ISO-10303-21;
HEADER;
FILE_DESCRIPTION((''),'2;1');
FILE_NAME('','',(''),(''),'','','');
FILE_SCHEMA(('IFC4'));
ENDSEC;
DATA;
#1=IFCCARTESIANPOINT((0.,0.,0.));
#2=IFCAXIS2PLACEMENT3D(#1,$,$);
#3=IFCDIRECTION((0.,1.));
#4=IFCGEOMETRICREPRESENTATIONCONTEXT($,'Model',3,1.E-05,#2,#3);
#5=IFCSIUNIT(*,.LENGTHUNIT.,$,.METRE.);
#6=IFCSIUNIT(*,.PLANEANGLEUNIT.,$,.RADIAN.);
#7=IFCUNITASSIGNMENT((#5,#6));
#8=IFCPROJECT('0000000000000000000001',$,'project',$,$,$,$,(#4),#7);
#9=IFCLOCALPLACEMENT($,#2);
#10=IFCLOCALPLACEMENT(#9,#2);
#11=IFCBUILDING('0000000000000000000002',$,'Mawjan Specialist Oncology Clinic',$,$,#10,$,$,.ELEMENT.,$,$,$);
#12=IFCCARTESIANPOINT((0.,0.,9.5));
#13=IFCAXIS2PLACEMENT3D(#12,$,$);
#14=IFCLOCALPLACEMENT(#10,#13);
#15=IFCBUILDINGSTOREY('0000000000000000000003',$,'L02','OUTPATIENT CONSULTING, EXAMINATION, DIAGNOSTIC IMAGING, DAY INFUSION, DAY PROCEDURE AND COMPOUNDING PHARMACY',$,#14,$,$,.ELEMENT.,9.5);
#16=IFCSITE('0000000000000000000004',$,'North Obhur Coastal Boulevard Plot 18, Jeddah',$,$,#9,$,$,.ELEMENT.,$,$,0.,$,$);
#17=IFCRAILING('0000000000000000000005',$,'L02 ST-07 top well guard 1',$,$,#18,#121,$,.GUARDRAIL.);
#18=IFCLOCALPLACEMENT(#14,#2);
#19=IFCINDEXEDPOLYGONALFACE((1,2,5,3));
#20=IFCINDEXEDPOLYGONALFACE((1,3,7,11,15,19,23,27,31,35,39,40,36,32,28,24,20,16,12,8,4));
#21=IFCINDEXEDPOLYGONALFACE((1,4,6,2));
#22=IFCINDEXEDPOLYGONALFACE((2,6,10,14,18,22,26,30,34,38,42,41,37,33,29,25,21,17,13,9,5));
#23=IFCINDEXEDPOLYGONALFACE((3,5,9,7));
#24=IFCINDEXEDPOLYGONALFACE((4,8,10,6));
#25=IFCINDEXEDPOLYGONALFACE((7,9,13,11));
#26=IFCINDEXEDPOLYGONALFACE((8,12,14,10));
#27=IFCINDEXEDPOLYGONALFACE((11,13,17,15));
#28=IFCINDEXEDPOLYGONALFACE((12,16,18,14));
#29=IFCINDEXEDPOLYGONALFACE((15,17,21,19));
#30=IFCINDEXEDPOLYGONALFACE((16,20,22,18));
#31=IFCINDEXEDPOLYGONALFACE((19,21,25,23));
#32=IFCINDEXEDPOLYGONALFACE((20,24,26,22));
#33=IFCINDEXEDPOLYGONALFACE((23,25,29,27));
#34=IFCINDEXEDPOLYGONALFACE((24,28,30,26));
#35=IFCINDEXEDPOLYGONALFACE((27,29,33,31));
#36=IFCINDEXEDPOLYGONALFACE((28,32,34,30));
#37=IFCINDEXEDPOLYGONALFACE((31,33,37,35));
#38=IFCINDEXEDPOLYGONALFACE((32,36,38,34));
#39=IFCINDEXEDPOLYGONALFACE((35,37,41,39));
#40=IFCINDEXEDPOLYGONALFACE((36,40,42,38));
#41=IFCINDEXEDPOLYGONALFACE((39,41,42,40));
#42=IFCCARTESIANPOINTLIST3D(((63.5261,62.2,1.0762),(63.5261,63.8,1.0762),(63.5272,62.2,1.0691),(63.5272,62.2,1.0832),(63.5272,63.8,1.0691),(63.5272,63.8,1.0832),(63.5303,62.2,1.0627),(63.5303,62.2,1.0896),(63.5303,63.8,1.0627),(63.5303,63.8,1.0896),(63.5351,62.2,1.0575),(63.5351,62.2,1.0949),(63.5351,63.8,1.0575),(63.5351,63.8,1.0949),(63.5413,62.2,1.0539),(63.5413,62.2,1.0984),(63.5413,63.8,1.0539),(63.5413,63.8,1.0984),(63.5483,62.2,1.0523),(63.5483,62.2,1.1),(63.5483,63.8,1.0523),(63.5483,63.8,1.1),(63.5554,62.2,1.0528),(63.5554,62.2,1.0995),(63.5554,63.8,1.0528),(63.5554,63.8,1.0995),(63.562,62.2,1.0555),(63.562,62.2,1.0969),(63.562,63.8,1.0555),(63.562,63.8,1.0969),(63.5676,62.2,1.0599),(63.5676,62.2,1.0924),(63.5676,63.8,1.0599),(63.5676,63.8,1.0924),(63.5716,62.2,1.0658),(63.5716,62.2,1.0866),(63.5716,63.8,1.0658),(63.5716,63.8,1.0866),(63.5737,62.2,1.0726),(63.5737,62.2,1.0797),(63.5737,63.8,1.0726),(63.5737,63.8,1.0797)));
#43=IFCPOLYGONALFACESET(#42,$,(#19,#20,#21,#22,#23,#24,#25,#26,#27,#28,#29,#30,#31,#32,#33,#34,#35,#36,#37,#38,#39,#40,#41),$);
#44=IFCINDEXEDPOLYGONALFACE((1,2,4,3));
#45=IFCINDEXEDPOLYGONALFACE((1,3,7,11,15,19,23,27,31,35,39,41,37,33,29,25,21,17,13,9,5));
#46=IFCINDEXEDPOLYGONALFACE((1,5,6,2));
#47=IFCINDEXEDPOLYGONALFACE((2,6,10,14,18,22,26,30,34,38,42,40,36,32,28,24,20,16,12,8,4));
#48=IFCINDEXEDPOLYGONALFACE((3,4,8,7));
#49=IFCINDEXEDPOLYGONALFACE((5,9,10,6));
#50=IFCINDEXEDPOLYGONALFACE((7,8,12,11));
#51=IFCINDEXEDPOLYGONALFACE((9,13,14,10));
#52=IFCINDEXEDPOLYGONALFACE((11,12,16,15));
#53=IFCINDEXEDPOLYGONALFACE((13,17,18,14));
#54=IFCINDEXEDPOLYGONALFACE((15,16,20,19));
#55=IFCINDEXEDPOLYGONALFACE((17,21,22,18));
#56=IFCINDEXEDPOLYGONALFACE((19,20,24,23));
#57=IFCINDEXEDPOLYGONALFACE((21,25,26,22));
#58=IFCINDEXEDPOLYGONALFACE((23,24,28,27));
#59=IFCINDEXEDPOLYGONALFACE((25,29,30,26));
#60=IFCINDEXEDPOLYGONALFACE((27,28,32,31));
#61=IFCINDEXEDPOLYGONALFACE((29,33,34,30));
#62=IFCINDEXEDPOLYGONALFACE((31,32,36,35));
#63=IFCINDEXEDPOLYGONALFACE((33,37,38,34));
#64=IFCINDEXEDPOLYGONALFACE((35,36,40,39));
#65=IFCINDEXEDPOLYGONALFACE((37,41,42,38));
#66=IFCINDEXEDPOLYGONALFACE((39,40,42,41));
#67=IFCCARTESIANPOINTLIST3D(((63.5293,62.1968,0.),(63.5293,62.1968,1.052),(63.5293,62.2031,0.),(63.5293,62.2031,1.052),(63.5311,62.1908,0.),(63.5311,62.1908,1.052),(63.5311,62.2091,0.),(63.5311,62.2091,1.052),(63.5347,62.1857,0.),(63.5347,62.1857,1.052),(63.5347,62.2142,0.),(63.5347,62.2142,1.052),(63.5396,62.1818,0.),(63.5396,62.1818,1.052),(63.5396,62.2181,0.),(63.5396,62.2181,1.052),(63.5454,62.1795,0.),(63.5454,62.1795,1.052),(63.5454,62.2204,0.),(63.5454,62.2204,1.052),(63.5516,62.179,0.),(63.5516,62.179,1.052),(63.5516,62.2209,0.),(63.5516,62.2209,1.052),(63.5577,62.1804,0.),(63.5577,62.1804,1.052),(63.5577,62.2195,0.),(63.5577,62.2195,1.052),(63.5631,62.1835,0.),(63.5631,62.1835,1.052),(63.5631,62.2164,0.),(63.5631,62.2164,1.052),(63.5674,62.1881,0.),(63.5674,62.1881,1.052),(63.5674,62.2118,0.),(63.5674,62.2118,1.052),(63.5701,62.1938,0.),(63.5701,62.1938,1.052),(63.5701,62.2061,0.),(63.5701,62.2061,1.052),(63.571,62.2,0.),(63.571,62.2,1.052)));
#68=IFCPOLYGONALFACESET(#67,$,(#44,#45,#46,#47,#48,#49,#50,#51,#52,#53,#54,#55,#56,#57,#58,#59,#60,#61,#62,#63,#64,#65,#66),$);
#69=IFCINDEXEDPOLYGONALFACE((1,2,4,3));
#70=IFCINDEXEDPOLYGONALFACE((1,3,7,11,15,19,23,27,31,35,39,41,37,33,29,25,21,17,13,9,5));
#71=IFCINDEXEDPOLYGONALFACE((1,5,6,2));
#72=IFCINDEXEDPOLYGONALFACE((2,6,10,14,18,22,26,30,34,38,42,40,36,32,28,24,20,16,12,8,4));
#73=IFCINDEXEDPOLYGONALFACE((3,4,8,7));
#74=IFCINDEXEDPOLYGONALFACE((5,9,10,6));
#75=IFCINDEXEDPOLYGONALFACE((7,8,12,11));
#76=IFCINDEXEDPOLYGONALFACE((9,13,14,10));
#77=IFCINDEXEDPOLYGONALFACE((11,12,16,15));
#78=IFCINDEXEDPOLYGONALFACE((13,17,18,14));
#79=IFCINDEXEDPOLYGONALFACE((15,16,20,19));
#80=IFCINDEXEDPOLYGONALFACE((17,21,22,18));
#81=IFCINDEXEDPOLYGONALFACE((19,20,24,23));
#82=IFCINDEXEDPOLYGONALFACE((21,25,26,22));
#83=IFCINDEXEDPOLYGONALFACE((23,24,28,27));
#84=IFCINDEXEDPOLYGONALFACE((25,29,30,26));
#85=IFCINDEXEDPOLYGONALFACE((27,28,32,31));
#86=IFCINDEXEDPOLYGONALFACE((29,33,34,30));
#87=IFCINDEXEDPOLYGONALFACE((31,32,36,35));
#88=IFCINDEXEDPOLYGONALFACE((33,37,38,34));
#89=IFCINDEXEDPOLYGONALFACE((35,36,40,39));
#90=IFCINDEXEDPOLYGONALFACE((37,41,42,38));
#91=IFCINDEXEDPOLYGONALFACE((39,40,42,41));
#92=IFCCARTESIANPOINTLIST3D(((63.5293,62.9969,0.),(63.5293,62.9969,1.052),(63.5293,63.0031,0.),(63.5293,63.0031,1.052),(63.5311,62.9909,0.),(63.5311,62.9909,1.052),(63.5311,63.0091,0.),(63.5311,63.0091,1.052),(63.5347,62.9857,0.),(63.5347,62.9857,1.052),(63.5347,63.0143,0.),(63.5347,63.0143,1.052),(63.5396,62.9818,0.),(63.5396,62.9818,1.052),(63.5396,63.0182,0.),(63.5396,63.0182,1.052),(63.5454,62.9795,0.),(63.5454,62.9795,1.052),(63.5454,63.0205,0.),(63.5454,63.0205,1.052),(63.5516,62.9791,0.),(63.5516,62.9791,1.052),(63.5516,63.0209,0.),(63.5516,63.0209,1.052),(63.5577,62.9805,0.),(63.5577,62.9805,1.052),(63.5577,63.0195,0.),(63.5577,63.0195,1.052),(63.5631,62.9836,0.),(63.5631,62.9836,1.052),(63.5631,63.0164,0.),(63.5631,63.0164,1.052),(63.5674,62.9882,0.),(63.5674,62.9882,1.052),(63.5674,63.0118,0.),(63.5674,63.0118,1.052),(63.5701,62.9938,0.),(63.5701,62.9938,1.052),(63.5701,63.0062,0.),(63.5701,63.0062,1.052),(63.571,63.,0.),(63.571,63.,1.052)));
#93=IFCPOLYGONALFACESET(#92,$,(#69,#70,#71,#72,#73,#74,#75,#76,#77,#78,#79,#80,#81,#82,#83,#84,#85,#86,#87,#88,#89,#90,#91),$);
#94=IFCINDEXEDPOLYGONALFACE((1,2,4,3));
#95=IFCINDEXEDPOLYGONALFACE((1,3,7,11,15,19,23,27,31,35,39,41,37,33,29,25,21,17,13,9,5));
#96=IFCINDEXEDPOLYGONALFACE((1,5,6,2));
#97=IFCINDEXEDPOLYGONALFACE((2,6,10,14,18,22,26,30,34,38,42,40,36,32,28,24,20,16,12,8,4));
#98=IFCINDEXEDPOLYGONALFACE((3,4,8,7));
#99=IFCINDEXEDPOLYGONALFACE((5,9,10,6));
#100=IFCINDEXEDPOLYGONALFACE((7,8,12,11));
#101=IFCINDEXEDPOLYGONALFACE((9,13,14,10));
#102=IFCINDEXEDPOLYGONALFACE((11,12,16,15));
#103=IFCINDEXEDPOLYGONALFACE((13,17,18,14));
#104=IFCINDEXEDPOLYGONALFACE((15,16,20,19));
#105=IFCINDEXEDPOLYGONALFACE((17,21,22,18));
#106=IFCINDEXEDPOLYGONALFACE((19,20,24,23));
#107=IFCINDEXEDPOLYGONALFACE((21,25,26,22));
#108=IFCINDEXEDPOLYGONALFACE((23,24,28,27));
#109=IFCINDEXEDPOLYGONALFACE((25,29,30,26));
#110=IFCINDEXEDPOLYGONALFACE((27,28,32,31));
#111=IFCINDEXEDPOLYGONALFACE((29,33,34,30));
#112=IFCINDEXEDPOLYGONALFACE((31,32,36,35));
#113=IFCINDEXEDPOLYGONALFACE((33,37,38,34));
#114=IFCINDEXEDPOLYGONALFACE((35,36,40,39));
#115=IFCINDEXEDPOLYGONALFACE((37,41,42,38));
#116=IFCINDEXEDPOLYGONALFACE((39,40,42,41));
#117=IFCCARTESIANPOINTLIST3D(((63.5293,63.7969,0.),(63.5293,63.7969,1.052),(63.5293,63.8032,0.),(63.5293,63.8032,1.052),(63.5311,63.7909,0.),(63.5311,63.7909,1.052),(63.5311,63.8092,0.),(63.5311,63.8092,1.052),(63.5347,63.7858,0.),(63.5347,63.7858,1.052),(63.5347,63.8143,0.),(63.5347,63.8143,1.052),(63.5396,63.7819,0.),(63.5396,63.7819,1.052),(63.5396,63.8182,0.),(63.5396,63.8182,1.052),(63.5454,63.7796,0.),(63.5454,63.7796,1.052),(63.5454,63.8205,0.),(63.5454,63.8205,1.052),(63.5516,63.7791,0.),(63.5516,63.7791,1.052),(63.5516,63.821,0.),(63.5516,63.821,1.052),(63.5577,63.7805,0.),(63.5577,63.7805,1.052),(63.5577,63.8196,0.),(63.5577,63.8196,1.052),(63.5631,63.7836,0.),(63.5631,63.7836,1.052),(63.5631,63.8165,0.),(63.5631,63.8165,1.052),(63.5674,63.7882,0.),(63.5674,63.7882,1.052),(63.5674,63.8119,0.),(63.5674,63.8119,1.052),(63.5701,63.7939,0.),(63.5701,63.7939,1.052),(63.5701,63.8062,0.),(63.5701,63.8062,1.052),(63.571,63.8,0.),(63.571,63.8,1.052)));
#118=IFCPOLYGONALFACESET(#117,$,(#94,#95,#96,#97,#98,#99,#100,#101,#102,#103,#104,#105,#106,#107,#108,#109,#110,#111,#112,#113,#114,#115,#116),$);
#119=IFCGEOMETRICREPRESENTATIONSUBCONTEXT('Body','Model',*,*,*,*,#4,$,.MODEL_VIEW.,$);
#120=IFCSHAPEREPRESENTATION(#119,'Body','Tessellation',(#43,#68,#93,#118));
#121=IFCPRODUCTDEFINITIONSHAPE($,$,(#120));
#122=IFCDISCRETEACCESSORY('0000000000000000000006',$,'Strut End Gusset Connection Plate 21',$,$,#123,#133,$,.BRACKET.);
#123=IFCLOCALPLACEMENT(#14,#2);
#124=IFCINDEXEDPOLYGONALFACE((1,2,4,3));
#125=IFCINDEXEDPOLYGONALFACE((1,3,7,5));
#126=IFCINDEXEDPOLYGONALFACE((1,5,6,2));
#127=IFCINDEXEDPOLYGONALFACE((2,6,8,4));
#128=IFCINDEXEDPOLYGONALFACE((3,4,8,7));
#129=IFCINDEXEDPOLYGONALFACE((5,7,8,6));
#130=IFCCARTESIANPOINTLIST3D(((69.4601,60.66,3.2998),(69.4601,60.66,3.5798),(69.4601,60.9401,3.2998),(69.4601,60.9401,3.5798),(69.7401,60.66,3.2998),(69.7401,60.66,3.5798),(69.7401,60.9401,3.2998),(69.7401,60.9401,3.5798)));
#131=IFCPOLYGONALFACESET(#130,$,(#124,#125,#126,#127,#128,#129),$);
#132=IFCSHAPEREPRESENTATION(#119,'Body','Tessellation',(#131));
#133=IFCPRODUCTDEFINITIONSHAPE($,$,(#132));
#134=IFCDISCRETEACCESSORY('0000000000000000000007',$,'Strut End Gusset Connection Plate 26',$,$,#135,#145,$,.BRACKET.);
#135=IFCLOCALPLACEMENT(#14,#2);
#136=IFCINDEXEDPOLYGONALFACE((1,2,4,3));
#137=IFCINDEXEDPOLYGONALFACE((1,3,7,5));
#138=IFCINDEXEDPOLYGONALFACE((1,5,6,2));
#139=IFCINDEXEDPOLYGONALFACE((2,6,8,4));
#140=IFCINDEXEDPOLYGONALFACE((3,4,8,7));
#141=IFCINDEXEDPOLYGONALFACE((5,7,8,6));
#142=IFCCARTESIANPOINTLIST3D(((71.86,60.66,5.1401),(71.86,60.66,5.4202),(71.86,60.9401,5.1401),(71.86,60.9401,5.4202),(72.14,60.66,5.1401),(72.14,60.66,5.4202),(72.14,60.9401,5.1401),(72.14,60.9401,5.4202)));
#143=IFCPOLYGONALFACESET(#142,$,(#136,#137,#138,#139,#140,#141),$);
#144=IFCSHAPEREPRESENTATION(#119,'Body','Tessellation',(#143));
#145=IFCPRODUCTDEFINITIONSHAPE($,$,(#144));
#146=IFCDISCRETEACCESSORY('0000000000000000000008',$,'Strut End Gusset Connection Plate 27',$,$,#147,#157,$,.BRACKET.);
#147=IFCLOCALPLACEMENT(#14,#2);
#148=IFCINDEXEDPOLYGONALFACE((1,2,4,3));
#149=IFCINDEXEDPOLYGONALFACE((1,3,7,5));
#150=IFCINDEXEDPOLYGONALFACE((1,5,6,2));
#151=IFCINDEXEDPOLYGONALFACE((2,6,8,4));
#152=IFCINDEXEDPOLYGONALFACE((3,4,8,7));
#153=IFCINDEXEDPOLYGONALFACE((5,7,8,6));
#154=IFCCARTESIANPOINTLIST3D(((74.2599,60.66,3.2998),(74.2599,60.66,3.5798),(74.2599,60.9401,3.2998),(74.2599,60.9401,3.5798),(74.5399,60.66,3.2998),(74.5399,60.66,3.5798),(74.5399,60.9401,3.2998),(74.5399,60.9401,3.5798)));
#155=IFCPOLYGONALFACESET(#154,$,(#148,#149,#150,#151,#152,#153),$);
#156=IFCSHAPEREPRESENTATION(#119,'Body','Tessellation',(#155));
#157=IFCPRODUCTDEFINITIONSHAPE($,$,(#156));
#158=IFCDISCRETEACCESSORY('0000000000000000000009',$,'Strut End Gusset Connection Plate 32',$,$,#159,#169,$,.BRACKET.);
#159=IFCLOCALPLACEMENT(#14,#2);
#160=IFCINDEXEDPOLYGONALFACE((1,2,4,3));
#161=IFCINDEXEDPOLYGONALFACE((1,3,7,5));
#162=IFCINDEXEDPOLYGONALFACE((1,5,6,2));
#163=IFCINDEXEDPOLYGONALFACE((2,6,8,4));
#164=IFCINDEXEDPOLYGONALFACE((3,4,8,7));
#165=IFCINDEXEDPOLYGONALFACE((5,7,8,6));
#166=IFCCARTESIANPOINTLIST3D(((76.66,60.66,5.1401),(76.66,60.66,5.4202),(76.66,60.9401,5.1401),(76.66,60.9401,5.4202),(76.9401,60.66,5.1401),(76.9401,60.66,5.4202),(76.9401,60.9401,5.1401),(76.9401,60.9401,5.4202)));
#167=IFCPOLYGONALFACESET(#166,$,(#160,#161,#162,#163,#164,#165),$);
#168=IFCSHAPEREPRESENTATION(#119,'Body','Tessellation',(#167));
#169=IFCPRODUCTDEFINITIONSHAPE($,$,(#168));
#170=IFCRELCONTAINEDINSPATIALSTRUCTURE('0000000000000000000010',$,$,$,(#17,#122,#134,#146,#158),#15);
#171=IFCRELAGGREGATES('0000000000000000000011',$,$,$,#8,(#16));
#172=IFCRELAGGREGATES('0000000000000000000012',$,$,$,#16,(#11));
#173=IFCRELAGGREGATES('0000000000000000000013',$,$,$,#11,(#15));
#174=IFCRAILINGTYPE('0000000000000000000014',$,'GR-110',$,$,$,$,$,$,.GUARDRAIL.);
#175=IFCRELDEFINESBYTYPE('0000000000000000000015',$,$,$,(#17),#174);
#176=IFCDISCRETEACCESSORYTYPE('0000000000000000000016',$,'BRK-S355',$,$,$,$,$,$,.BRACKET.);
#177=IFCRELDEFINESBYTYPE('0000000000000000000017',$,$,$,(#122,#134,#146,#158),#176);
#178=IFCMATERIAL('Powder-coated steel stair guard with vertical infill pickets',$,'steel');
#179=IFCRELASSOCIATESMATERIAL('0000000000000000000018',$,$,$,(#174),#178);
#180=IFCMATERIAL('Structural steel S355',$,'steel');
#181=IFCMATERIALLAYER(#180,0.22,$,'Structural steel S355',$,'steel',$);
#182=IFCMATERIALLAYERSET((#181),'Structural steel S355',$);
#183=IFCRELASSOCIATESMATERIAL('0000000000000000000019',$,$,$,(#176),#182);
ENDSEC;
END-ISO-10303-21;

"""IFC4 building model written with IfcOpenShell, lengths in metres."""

from ifc_helpers import new_model, si_unit, direction, frame, origin, origin_2d, place, context, subcontext, project, spatial, rectangle, circle, extrude, material, layer, layer_set, type_object, element, save


model = new_model("IFC4")

# Units and contexts
model_context = context("Model", 3, precision=1e-05, world=origin(), true_north=direction((0.0, 1.0)))
body_context = subcontext(model_context, "Body", "Model", "MODEL_VIEW")
ifc_project = project(units=[si_unit("LENGTHUNIT", "METRE"), si_unit("PLANEANGLEUNIT", "RADIAN")], contexts=[model_context])

# Site, building, storey
site_placement = place(None, origin())
site = spatial("IfcSite", under=ifc_project, at=site_placement, Name="North Obhur Coastal Boulevard Plot 18, Jeddah", CompositionType="ELEMENT", RefElevation=0.0)
building_placement = place(site_placement, origin())
building = spatial("IfcBuilding", under=site, at=building_placement, Name="Mawjan Specialist Oncology Clinic", CompositionType="ELEMENT")
storey_placement = place(building_placement, frame((0.0, 0.0, 9.5)))
storey = spatial("IfcBuildingStorey", under=building, at=storey_placement, Name="L02", Description="OUTPATIENT CONSULTING, EXAMINATION, DIAGNOSTIC IMAGING, DAY INFUSION, DAY PROCEDURE AND COMPOUNDING PHARMACY", CompositionType="ELEMENT", Elevation=9.5)

# Railing
ifc_material_1 = material(Name="Powder-coated steel stair guard with vertical infill pickets", Category="steel")
railing_type_1 = type_object("IfcRailingType", Name="GR-110", PredefinedType="GUARDRAIL", material=ifc_material_1)
railing_1_placement = place(storey_placement, frame((63.55, 62.2, 0.0)))
element("IfcRailing", 1, at=railing_1_placement, inside=storey, type_object=railing_type_1, Name="L02 ST-07 top well guard 1", PredefinedType="GUARDRAIL", context=body_context, shape_type="SweptSolid", body=[
    extrude(circle(Radius=0.0239, at=origin_2d()), frame((0.0, 0.0, 1.0762), z_axis=(0.0, 1.0, 0.0), x_axis=(-1.0, 0.0, 0.0)), (0.0, 0.0, 1.0), 1.6001),
    extrude(circle(Radius=0.021, at=origin_2d()), origin(), (0.0, 0.0, 1.0), 1.052),
    extrude(circle(Radius=0.021, at=origin_2d()), frame((0.0, 0.8, 0.0)), (0.0, 0.0, 1.0), 1.052),
    extrude(circle(Radius=0.021, at=origin_2d()), frame((0.0, 1.6001, 0.0)), (0.0, 0.0, 1.0), 1.052),
])

# Discrete accessories
ifc_material_2 = material(Name="Structural steel S355", Category="steel")
ifc_layer_1 = layer(ifc_material_2, 0.22, Name="Structural steel S355", Category="steel")
ifc_layer_set_1 = layer_set([ifc_layer_1], Name="Structural steel S355")
discrete_accessory_type = type_object("IfcDiscreteAccessoryType", Name="BRK-S355", PredefinedType="BRACKET", material=ifc_layer_set_1)
for number, where, z_axis, x_axis, name in (
    (2, (69.6001, 60.8, 3.2998), (0.0, 0.0, 1.0), (1.0, 0.0, 0.0), "Strut End Gusset Connection Plate 21"),
    (3, (72.0, 60.8, 5.1401), (0.0, 0.0, 1.0), (1.0, 0.0, 0.0), "Strut End Gusset Connection Plate 26"),
    (4, (74.3999, 60.8, 3.2998), (0.0, 0.0, 1.0), (1.0, 0.0, 0.0), "Strut End Gusset Connection Plate 27"),
    (5, (76.8, 60.8, 5.1401), (0.0, 0.0, 1.0), (1.0, 0.0, 0.0), "Strut End Gusset Connection Plate 32"),
):
    element("IfcDiscreteAccessory", number, at=place(storey_placement, frame(where, z_axis=z_axis, x_axis=x_axis)), inside=storey, type_object=discrete_accessory_type, Name=name, PredefinedType="BRACKET", context=body_context, shape_type="SweptSolid", body=[
        extrude(rectangle(XDim=0.28, YDim=0.28, at=origin_2d()), origin(), (0.0, 0.0, 1.0), 0.28),
    ])

save(model, "model.ifc")
